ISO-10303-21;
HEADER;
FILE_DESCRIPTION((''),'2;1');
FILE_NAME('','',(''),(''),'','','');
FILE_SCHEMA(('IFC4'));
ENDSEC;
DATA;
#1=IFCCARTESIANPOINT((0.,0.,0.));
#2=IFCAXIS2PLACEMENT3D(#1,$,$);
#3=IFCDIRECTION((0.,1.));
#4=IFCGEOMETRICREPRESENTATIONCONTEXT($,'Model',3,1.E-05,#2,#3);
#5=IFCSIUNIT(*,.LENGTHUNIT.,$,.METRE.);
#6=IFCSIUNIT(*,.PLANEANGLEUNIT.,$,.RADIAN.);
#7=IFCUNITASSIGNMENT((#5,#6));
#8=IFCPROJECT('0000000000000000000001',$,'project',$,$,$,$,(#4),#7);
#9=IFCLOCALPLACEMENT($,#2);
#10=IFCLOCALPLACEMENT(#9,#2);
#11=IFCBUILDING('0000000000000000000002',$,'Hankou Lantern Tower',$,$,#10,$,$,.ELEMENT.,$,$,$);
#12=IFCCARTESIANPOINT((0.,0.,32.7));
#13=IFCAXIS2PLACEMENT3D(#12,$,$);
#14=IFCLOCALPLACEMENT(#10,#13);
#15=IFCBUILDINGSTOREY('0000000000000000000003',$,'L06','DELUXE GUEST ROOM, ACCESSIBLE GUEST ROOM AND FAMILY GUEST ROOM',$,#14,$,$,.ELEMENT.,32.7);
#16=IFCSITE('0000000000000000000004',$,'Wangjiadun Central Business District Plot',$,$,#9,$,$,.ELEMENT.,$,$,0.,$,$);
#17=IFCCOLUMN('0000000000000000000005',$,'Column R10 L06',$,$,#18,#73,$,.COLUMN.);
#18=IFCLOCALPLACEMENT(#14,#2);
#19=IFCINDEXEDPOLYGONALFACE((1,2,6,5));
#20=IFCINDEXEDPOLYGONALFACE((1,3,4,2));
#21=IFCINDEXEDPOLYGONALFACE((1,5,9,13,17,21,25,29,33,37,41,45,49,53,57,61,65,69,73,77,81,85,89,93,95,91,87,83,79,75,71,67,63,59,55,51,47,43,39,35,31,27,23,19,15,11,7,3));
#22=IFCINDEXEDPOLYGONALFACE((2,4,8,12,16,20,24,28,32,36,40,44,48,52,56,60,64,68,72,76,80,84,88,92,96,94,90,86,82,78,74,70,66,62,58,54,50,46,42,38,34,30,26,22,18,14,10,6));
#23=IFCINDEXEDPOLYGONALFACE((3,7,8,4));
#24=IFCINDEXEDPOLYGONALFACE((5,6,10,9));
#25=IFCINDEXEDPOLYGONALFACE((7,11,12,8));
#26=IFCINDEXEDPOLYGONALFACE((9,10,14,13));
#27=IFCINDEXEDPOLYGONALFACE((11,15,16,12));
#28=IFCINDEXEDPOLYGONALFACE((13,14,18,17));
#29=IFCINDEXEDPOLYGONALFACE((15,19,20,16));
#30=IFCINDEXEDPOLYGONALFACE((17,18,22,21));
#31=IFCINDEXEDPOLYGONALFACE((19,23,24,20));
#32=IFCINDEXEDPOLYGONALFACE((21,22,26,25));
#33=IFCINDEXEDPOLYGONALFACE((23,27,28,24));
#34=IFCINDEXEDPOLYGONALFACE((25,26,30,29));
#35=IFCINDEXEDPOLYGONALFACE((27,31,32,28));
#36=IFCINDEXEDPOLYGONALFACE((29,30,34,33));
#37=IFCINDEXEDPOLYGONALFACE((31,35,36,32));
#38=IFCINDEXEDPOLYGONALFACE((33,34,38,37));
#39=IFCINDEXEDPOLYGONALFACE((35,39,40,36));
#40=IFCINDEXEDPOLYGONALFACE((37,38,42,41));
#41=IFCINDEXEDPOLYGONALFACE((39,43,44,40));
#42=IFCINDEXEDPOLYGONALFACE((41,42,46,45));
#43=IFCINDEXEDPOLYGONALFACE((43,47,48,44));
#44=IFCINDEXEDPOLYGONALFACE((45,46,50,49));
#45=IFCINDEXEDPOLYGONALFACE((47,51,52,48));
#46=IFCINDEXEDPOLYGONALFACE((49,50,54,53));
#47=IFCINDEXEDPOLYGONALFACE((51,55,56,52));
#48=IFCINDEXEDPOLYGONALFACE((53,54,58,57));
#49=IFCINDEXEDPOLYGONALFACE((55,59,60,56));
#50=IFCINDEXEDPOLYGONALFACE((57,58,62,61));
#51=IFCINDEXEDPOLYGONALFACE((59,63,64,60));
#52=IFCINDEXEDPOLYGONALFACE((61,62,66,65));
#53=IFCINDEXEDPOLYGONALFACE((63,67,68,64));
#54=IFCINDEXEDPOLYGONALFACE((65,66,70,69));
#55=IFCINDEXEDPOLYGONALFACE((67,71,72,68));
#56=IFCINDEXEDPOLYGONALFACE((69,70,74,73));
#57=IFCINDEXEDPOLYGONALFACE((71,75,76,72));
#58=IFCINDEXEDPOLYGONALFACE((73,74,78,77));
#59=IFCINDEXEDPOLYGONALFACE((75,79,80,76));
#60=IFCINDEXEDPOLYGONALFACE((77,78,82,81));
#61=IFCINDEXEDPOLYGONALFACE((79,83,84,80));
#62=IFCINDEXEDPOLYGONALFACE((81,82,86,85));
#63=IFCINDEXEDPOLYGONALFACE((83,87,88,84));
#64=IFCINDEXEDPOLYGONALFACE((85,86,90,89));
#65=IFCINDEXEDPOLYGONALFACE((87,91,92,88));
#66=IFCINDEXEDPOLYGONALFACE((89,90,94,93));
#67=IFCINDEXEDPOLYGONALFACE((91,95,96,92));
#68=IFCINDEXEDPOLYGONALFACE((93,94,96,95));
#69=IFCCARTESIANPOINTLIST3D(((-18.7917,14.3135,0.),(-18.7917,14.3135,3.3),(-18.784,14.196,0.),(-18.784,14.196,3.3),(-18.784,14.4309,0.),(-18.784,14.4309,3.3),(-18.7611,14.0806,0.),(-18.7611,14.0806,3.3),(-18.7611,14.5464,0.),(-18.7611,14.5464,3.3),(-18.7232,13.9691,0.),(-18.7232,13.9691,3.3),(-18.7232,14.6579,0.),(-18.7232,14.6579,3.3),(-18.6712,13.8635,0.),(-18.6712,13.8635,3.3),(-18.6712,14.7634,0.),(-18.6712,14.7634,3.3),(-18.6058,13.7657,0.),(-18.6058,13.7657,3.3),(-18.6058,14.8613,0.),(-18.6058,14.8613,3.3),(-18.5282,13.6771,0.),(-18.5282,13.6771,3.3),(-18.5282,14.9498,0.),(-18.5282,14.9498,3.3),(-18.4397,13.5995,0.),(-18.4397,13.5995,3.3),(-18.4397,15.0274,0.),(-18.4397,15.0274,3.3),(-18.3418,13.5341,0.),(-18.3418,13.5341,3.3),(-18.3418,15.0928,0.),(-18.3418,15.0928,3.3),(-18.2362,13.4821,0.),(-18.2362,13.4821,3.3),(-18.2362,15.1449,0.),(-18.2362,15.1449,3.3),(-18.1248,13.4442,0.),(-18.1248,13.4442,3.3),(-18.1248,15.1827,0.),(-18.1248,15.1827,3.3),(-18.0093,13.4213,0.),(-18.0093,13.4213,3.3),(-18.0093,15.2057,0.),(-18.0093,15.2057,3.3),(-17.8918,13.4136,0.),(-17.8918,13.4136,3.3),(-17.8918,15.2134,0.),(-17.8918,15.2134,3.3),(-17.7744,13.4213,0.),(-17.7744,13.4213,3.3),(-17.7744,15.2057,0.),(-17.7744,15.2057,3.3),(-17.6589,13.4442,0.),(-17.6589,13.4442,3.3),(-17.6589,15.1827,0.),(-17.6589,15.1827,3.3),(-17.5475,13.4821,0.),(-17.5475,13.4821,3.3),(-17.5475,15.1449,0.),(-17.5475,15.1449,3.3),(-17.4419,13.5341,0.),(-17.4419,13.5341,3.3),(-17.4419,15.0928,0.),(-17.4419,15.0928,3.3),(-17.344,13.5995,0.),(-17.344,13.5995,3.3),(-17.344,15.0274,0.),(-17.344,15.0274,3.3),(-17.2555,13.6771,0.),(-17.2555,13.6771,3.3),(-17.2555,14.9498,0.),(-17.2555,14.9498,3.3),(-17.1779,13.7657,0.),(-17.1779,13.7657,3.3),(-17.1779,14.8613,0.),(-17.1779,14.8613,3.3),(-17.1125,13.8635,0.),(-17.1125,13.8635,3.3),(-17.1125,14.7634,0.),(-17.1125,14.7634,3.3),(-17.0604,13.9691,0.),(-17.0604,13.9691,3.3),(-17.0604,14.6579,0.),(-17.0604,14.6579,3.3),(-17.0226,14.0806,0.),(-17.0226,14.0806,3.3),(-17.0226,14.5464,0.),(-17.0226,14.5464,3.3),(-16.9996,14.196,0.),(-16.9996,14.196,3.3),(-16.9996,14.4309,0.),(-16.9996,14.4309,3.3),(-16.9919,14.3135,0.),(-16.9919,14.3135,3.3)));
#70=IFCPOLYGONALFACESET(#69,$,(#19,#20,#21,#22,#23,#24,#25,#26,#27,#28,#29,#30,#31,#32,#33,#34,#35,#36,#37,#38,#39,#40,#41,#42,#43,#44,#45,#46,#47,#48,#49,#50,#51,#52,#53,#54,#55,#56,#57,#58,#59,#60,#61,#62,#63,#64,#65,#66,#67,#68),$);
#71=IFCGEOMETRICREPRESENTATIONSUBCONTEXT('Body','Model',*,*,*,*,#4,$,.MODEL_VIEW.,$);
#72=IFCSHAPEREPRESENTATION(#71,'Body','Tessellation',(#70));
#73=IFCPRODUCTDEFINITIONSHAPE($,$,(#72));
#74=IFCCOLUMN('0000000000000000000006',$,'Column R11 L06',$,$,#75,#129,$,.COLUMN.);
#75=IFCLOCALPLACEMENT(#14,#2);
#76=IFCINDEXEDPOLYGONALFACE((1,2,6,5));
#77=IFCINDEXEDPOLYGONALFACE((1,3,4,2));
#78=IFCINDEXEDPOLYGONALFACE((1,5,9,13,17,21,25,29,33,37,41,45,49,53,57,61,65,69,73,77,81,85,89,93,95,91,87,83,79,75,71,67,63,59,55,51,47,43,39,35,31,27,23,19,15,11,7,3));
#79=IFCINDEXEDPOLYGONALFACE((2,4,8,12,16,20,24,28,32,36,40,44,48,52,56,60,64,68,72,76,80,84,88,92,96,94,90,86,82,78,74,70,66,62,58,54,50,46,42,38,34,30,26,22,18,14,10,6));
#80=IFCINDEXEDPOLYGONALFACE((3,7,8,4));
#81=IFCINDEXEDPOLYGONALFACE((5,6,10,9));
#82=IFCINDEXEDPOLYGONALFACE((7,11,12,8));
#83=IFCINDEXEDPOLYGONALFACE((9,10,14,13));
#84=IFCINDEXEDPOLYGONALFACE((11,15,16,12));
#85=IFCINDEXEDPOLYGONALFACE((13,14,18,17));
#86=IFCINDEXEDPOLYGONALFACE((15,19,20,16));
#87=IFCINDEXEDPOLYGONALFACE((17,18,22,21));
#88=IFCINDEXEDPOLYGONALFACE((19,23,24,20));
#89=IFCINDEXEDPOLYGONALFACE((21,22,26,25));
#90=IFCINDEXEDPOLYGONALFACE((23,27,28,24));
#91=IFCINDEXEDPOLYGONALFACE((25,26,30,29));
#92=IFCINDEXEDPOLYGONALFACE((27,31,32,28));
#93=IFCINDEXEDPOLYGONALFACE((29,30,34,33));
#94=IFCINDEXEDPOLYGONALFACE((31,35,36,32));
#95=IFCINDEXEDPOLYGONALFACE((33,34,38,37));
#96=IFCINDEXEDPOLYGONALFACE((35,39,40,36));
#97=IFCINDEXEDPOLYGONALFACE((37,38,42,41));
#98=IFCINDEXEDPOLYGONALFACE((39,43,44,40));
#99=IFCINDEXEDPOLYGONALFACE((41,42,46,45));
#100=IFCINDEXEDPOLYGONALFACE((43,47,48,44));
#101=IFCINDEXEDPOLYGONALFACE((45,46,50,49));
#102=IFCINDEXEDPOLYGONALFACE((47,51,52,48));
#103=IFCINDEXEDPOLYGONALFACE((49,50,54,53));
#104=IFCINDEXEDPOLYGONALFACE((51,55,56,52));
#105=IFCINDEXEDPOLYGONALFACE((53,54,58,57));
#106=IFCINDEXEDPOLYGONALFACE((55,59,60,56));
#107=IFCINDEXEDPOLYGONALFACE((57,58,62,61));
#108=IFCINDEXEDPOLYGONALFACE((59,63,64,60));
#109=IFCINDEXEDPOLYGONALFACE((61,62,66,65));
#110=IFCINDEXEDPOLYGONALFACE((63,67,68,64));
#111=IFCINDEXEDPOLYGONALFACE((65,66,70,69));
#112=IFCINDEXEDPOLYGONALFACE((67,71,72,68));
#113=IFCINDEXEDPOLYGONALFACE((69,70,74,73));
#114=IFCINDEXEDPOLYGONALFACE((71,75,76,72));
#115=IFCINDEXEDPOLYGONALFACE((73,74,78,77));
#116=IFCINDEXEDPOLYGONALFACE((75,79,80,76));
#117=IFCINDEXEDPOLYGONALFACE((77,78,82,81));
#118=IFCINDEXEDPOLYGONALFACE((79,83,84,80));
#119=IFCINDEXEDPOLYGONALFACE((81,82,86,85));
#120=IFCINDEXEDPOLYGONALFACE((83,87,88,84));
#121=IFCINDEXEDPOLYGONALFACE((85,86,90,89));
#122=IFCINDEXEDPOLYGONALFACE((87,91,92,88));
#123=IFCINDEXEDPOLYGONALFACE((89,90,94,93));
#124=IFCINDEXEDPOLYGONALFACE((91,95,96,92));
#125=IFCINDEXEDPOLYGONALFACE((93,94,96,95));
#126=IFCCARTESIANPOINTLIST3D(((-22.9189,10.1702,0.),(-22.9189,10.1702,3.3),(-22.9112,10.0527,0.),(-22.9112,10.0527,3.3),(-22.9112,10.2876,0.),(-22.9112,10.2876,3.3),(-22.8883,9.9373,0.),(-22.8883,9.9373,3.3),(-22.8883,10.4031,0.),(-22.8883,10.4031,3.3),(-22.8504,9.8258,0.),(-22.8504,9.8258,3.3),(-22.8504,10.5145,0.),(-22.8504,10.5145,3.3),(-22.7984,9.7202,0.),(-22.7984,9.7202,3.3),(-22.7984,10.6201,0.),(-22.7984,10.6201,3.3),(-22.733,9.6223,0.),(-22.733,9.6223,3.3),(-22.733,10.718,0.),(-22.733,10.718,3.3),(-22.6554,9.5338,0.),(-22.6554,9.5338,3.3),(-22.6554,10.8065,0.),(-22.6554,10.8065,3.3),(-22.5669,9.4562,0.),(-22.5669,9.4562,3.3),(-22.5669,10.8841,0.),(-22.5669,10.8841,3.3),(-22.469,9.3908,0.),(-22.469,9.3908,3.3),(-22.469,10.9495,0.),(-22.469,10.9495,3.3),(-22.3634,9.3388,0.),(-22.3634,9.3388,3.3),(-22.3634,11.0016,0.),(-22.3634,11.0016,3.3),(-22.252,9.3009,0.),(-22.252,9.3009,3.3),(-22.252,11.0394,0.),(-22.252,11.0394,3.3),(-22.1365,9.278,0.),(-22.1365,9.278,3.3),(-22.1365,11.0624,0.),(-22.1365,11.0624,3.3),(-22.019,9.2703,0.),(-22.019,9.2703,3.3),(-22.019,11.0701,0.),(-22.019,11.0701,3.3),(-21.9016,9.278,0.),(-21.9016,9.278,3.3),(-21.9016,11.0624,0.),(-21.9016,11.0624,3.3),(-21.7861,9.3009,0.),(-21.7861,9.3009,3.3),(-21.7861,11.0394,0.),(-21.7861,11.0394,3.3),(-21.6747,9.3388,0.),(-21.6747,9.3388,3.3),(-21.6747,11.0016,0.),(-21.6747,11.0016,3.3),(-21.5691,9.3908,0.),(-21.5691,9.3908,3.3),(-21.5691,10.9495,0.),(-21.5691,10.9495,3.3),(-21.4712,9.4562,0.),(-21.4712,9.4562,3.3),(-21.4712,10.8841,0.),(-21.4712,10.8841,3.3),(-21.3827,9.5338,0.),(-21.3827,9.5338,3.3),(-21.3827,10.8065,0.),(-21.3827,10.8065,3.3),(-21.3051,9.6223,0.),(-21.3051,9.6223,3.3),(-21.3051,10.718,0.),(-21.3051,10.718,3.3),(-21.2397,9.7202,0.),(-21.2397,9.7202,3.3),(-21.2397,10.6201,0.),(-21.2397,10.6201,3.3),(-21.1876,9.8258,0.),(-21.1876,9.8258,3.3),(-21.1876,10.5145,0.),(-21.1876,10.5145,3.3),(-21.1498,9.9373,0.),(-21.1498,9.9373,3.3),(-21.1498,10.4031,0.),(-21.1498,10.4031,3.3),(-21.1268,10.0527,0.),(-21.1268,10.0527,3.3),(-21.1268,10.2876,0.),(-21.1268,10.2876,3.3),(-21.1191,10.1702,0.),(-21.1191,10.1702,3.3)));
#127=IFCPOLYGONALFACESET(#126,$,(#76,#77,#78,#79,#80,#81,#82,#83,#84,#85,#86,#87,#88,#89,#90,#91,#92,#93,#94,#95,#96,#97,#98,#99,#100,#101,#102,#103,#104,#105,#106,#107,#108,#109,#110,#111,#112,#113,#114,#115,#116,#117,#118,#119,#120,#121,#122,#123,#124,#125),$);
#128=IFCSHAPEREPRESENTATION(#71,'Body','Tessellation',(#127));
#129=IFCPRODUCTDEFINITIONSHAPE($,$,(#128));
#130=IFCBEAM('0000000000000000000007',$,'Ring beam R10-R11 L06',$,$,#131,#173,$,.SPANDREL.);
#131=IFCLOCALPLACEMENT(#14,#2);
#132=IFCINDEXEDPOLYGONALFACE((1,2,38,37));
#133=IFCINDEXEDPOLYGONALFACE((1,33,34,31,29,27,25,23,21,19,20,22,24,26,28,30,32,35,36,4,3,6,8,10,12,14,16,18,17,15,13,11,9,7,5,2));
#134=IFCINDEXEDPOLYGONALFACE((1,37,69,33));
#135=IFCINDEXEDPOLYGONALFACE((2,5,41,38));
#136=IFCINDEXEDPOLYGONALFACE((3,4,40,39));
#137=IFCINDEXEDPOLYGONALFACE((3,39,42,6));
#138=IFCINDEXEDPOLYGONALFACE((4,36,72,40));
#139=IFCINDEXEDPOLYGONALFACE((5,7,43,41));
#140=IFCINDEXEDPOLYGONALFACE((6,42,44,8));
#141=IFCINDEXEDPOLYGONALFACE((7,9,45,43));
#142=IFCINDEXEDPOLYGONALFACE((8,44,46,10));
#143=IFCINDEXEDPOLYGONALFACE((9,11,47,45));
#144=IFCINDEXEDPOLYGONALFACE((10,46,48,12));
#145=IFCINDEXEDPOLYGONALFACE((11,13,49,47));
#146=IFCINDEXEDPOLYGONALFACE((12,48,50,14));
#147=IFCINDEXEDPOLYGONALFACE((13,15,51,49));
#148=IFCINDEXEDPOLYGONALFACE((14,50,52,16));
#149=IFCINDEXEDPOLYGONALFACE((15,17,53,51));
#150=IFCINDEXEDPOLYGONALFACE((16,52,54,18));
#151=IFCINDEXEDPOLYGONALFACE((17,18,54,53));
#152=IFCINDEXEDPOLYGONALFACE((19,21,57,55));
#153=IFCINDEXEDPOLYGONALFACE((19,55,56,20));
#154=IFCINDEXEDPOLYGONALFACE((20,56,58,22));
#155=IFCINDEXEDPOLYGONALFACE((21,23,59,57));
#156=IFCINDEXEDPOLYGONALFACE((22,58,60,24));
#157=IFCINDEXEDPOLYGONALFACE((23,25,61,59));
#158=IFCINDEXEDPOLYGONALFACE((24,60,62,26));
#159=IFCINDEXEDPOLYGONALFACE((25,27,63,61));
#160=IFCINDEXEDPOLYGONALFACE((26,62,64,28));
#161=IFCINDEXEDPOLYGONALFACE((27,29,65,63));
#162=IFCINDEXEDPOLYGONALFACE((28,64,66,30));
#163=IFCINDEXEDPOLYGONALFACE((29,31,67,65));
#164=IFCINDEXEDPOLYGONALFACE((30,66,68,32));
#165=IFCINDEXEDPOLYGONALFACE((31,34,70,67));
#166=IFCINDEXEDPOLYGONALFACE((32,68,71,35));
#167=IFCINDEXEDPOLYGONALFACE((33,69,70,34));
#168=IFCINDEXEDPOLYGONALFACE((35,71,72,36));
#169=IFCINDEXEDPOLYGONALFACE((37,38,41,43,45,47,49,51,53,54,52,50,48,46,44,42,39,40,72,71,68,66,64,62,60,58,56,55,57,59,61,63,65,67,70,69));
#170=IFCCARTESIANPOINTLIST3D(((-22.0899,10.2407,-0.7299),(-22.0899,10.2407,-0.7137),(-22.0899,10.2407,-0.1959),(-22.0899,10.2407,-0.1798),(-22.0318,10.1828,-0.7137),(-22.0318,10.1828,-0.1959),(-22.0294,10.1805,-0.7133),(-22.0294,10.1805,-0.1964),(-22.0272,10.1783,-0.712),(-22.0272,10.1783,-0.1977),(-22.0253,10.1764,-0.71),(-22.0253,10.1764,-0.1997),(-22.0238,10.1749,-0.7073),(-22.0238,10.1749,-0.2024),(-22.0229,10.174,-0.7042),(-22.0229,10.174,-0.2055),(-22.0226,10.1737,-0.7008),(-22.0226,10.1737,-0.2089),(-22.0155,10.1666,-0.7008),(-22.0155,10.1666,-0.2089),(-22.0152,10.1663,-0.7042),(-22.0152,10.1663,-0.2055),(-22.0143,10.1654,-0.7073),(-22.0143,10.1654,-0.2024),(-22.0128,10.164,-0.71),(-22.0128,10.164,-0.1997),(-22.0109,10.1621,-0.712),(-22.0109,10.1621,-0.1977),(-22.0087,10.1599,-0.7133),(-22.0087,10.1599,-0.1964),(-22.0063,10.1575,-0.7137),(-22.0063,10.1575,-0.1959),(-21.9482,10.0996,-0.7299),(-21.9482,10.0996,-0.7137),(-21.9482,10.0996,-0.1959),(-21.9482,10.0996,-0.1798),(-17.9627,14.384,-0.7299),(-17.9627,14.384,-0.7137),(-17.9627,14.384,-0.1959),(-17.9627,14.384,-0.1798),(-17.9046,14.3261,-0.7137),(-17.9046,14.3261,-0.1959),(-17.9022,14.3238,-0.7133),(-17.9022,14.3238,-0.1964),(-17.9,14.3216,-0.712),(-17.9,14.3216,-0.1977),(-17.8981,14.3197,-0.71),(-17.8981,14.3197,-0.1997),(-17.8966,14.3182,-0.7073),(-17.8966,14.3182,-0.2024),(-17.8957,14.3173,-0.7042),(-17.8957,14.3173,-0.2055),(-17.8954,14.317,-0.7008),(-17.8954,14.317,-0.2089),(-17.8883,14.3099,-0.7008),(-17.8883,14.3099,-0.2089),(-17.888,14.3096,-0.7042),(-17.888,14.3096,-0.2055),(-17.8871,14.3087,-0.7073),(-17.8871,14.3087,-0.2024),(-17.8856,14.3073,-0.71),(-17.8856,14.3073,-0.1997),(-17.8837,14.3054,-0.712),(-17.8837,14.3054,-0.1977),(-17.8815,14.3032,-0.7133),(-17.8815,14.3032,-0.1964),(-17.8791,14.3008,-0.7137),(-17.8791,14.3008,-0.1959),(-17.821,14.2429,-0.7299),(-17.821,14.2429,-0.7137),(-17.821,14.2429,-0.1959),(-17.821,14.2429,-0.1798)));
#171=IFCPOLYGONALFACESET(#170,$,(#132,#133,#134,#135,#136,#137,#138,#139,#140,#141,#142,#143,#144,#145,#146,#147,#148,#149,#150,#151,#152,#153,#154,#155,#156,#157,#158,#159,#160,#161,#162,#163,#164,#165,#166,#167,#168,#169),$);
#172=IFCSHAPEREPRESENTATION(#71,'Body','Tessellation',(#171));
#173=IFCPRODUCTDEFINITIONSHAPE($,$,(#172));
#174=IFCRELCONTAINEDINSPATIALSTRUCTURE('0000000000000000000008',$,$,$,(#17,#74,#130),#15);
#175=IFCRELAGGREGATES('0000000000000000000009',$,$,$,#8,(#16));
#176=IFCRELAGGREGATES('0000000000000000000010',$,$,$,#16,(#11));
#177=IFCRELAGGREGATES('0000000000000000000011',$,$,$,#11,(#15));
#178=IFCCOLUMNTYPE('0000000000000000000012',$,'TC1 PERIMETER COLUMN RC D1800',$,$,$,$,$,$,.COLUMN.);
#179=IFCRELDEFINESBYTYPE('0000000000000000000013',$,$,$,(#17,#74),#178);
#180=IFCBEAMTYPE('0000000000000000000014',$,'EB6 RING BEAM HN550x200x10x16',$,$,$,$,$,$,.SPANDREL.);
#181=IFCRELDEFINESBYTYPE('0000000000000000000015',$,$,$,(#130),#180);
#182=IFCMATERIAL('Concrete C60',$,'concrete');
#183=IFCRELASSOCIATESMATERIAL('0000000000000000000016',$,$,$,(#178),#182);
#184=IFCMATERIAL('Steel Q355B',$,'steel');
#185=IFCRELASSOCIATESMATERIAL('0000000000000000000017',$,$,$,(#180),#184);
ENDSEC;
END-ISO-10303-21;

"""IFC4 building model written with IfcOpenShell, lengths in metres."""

from ifc_helpers import new_model, si_unit, direction, frame, origin, origin_2d, place, context, subcontext, project, spatial, circle, i_section, extrude, material, material_profile, profile_set, type_object, element, save


model = new_model("IFC4")

# Units and contexts
model_context = context("Model", 3, precision=1e-05, world=origin(), true_north=direction((0.0, 1.0)))
body_context = subcontext(model_context, "Body", "Model", "MODEL_VIEW")
ifc_project = project(units=[si_unit("LENGTHUNIT", "METRE"), si_unit("PLANEANGLEUNIT", "RADIAN")], contexts=[model_context])

# Site, building, storey
site_placement = place(None, origin())
site = spatial("IfcSite", under=ifc_project, at=site_placement, Name="Wangjiadun Central Business District Plot", CompositionType="ELEMENT", RefElevation=0.0)
building_placement = place(site_placement, origin())
building = spatial("IfcBuilding", under=site, at=building_placement, Name="Hankou Lantern Tower", CompositionType="ELEMENT")
storey_placement = place(building_placement, frame((0.0, 0.0, 32.7)))
storey = spatial("IfcBuildingStorey", under=building, at=storey_placement, Name="L06", Description="DELUXE GUEST ROOM, ACCESSIBLE GUEST ROOM AND FAMILY GUEST ROOM", CompositionType="ELEMENT", Elevation=32.7)

# Columns
ifc_material_1 = material(Name="Concrete C60", Category="concrete")
ifc_material_profile_1 = material_profile(ifc_material_1, circle(Radius=0.8999, at=origin_2d()), Name="RC D1800")
ifc_profile_set_1 = profile_set([ifc_material_profile_1], Name="Concrete C60")
column_type = type_object("IfcColumnType", Name="TC1 PERIMETER COLUMN RC D1800", PredefinedType="COLUMN", material=ifc_profile_set_1)
for number, where, z_axis, x_axis, name in (
    (1, (-17.8918, 14.3135, 0.0), (0.0, 0.0, 1.0), (1.0, 0.0, 0.0), "Column R10 L06"),
    (2, (-22.019, 10.1702, 0.0), (0.0, 0.0, 1.0), (1.0, 0.0, 0.0), "Column R11 L06"),
):
    element("IfcColumn", number, at=place(storey_placement, frame(where, z_axis=z_axis, x_axis=x_axis)), inside=storey, type_object=column_type, Name=name, PredefinedType="COLUMN", context=body_context, shape_type="SweptSolid", body=[
        extrude(circle(Radius=0.8999, at=origin_2d()), origin(), (0.0, 0.0, 1.0), 3.3),
    ])

# Beam
ifc_material_2 = material(Name="Steel Q355B", Category="steel")
ifc_material_profile_2 = material_profile(ifc_material_2, i_section(OverallWidth=0.2, OverallDepth=0.55, WebThickness=0.01, FlangeThickness=0.0161, FilletRadius=0.0129, at=origin_2d()), Name="HN550x200x10x16")
ifc_profile_set_2 = profile_set([ifc_material_profile_2], Name="Steel Q355B")
beam_type_1 = type_object("IfcBeamType", Name="EB6 RING BEAM HN550x200x10x16", PredefinedType="SPANDREL", material=ifc_profile_set_2)
beam_1_placement = place(storey_placement, frame((-17.8918, 14.3135, -0.4548), z_axis=(-0.705728, -0.708483, 0.0), x_axis=(0.708483, -0.705728, 0.0)))
element("IfcBeam", 3, at=beam_1_placement, inside=storey, type_object=beam_type_1, Name="Ring beam R10-R11 L06", PredefinedType="SPANDREL", context=body_context, shape_type="SweptSolid", body=[
    extrude(i_section(OverallWidth=0.2, OverallDepth=0.55, WebThickness=0.01, FlangeThickness=0.0161, FilletRadius=0.0129, at=origin_2d()), origin(), (0.0, 0.0, 1.0), 5.8481),
])

save(model, "model.ifc")
